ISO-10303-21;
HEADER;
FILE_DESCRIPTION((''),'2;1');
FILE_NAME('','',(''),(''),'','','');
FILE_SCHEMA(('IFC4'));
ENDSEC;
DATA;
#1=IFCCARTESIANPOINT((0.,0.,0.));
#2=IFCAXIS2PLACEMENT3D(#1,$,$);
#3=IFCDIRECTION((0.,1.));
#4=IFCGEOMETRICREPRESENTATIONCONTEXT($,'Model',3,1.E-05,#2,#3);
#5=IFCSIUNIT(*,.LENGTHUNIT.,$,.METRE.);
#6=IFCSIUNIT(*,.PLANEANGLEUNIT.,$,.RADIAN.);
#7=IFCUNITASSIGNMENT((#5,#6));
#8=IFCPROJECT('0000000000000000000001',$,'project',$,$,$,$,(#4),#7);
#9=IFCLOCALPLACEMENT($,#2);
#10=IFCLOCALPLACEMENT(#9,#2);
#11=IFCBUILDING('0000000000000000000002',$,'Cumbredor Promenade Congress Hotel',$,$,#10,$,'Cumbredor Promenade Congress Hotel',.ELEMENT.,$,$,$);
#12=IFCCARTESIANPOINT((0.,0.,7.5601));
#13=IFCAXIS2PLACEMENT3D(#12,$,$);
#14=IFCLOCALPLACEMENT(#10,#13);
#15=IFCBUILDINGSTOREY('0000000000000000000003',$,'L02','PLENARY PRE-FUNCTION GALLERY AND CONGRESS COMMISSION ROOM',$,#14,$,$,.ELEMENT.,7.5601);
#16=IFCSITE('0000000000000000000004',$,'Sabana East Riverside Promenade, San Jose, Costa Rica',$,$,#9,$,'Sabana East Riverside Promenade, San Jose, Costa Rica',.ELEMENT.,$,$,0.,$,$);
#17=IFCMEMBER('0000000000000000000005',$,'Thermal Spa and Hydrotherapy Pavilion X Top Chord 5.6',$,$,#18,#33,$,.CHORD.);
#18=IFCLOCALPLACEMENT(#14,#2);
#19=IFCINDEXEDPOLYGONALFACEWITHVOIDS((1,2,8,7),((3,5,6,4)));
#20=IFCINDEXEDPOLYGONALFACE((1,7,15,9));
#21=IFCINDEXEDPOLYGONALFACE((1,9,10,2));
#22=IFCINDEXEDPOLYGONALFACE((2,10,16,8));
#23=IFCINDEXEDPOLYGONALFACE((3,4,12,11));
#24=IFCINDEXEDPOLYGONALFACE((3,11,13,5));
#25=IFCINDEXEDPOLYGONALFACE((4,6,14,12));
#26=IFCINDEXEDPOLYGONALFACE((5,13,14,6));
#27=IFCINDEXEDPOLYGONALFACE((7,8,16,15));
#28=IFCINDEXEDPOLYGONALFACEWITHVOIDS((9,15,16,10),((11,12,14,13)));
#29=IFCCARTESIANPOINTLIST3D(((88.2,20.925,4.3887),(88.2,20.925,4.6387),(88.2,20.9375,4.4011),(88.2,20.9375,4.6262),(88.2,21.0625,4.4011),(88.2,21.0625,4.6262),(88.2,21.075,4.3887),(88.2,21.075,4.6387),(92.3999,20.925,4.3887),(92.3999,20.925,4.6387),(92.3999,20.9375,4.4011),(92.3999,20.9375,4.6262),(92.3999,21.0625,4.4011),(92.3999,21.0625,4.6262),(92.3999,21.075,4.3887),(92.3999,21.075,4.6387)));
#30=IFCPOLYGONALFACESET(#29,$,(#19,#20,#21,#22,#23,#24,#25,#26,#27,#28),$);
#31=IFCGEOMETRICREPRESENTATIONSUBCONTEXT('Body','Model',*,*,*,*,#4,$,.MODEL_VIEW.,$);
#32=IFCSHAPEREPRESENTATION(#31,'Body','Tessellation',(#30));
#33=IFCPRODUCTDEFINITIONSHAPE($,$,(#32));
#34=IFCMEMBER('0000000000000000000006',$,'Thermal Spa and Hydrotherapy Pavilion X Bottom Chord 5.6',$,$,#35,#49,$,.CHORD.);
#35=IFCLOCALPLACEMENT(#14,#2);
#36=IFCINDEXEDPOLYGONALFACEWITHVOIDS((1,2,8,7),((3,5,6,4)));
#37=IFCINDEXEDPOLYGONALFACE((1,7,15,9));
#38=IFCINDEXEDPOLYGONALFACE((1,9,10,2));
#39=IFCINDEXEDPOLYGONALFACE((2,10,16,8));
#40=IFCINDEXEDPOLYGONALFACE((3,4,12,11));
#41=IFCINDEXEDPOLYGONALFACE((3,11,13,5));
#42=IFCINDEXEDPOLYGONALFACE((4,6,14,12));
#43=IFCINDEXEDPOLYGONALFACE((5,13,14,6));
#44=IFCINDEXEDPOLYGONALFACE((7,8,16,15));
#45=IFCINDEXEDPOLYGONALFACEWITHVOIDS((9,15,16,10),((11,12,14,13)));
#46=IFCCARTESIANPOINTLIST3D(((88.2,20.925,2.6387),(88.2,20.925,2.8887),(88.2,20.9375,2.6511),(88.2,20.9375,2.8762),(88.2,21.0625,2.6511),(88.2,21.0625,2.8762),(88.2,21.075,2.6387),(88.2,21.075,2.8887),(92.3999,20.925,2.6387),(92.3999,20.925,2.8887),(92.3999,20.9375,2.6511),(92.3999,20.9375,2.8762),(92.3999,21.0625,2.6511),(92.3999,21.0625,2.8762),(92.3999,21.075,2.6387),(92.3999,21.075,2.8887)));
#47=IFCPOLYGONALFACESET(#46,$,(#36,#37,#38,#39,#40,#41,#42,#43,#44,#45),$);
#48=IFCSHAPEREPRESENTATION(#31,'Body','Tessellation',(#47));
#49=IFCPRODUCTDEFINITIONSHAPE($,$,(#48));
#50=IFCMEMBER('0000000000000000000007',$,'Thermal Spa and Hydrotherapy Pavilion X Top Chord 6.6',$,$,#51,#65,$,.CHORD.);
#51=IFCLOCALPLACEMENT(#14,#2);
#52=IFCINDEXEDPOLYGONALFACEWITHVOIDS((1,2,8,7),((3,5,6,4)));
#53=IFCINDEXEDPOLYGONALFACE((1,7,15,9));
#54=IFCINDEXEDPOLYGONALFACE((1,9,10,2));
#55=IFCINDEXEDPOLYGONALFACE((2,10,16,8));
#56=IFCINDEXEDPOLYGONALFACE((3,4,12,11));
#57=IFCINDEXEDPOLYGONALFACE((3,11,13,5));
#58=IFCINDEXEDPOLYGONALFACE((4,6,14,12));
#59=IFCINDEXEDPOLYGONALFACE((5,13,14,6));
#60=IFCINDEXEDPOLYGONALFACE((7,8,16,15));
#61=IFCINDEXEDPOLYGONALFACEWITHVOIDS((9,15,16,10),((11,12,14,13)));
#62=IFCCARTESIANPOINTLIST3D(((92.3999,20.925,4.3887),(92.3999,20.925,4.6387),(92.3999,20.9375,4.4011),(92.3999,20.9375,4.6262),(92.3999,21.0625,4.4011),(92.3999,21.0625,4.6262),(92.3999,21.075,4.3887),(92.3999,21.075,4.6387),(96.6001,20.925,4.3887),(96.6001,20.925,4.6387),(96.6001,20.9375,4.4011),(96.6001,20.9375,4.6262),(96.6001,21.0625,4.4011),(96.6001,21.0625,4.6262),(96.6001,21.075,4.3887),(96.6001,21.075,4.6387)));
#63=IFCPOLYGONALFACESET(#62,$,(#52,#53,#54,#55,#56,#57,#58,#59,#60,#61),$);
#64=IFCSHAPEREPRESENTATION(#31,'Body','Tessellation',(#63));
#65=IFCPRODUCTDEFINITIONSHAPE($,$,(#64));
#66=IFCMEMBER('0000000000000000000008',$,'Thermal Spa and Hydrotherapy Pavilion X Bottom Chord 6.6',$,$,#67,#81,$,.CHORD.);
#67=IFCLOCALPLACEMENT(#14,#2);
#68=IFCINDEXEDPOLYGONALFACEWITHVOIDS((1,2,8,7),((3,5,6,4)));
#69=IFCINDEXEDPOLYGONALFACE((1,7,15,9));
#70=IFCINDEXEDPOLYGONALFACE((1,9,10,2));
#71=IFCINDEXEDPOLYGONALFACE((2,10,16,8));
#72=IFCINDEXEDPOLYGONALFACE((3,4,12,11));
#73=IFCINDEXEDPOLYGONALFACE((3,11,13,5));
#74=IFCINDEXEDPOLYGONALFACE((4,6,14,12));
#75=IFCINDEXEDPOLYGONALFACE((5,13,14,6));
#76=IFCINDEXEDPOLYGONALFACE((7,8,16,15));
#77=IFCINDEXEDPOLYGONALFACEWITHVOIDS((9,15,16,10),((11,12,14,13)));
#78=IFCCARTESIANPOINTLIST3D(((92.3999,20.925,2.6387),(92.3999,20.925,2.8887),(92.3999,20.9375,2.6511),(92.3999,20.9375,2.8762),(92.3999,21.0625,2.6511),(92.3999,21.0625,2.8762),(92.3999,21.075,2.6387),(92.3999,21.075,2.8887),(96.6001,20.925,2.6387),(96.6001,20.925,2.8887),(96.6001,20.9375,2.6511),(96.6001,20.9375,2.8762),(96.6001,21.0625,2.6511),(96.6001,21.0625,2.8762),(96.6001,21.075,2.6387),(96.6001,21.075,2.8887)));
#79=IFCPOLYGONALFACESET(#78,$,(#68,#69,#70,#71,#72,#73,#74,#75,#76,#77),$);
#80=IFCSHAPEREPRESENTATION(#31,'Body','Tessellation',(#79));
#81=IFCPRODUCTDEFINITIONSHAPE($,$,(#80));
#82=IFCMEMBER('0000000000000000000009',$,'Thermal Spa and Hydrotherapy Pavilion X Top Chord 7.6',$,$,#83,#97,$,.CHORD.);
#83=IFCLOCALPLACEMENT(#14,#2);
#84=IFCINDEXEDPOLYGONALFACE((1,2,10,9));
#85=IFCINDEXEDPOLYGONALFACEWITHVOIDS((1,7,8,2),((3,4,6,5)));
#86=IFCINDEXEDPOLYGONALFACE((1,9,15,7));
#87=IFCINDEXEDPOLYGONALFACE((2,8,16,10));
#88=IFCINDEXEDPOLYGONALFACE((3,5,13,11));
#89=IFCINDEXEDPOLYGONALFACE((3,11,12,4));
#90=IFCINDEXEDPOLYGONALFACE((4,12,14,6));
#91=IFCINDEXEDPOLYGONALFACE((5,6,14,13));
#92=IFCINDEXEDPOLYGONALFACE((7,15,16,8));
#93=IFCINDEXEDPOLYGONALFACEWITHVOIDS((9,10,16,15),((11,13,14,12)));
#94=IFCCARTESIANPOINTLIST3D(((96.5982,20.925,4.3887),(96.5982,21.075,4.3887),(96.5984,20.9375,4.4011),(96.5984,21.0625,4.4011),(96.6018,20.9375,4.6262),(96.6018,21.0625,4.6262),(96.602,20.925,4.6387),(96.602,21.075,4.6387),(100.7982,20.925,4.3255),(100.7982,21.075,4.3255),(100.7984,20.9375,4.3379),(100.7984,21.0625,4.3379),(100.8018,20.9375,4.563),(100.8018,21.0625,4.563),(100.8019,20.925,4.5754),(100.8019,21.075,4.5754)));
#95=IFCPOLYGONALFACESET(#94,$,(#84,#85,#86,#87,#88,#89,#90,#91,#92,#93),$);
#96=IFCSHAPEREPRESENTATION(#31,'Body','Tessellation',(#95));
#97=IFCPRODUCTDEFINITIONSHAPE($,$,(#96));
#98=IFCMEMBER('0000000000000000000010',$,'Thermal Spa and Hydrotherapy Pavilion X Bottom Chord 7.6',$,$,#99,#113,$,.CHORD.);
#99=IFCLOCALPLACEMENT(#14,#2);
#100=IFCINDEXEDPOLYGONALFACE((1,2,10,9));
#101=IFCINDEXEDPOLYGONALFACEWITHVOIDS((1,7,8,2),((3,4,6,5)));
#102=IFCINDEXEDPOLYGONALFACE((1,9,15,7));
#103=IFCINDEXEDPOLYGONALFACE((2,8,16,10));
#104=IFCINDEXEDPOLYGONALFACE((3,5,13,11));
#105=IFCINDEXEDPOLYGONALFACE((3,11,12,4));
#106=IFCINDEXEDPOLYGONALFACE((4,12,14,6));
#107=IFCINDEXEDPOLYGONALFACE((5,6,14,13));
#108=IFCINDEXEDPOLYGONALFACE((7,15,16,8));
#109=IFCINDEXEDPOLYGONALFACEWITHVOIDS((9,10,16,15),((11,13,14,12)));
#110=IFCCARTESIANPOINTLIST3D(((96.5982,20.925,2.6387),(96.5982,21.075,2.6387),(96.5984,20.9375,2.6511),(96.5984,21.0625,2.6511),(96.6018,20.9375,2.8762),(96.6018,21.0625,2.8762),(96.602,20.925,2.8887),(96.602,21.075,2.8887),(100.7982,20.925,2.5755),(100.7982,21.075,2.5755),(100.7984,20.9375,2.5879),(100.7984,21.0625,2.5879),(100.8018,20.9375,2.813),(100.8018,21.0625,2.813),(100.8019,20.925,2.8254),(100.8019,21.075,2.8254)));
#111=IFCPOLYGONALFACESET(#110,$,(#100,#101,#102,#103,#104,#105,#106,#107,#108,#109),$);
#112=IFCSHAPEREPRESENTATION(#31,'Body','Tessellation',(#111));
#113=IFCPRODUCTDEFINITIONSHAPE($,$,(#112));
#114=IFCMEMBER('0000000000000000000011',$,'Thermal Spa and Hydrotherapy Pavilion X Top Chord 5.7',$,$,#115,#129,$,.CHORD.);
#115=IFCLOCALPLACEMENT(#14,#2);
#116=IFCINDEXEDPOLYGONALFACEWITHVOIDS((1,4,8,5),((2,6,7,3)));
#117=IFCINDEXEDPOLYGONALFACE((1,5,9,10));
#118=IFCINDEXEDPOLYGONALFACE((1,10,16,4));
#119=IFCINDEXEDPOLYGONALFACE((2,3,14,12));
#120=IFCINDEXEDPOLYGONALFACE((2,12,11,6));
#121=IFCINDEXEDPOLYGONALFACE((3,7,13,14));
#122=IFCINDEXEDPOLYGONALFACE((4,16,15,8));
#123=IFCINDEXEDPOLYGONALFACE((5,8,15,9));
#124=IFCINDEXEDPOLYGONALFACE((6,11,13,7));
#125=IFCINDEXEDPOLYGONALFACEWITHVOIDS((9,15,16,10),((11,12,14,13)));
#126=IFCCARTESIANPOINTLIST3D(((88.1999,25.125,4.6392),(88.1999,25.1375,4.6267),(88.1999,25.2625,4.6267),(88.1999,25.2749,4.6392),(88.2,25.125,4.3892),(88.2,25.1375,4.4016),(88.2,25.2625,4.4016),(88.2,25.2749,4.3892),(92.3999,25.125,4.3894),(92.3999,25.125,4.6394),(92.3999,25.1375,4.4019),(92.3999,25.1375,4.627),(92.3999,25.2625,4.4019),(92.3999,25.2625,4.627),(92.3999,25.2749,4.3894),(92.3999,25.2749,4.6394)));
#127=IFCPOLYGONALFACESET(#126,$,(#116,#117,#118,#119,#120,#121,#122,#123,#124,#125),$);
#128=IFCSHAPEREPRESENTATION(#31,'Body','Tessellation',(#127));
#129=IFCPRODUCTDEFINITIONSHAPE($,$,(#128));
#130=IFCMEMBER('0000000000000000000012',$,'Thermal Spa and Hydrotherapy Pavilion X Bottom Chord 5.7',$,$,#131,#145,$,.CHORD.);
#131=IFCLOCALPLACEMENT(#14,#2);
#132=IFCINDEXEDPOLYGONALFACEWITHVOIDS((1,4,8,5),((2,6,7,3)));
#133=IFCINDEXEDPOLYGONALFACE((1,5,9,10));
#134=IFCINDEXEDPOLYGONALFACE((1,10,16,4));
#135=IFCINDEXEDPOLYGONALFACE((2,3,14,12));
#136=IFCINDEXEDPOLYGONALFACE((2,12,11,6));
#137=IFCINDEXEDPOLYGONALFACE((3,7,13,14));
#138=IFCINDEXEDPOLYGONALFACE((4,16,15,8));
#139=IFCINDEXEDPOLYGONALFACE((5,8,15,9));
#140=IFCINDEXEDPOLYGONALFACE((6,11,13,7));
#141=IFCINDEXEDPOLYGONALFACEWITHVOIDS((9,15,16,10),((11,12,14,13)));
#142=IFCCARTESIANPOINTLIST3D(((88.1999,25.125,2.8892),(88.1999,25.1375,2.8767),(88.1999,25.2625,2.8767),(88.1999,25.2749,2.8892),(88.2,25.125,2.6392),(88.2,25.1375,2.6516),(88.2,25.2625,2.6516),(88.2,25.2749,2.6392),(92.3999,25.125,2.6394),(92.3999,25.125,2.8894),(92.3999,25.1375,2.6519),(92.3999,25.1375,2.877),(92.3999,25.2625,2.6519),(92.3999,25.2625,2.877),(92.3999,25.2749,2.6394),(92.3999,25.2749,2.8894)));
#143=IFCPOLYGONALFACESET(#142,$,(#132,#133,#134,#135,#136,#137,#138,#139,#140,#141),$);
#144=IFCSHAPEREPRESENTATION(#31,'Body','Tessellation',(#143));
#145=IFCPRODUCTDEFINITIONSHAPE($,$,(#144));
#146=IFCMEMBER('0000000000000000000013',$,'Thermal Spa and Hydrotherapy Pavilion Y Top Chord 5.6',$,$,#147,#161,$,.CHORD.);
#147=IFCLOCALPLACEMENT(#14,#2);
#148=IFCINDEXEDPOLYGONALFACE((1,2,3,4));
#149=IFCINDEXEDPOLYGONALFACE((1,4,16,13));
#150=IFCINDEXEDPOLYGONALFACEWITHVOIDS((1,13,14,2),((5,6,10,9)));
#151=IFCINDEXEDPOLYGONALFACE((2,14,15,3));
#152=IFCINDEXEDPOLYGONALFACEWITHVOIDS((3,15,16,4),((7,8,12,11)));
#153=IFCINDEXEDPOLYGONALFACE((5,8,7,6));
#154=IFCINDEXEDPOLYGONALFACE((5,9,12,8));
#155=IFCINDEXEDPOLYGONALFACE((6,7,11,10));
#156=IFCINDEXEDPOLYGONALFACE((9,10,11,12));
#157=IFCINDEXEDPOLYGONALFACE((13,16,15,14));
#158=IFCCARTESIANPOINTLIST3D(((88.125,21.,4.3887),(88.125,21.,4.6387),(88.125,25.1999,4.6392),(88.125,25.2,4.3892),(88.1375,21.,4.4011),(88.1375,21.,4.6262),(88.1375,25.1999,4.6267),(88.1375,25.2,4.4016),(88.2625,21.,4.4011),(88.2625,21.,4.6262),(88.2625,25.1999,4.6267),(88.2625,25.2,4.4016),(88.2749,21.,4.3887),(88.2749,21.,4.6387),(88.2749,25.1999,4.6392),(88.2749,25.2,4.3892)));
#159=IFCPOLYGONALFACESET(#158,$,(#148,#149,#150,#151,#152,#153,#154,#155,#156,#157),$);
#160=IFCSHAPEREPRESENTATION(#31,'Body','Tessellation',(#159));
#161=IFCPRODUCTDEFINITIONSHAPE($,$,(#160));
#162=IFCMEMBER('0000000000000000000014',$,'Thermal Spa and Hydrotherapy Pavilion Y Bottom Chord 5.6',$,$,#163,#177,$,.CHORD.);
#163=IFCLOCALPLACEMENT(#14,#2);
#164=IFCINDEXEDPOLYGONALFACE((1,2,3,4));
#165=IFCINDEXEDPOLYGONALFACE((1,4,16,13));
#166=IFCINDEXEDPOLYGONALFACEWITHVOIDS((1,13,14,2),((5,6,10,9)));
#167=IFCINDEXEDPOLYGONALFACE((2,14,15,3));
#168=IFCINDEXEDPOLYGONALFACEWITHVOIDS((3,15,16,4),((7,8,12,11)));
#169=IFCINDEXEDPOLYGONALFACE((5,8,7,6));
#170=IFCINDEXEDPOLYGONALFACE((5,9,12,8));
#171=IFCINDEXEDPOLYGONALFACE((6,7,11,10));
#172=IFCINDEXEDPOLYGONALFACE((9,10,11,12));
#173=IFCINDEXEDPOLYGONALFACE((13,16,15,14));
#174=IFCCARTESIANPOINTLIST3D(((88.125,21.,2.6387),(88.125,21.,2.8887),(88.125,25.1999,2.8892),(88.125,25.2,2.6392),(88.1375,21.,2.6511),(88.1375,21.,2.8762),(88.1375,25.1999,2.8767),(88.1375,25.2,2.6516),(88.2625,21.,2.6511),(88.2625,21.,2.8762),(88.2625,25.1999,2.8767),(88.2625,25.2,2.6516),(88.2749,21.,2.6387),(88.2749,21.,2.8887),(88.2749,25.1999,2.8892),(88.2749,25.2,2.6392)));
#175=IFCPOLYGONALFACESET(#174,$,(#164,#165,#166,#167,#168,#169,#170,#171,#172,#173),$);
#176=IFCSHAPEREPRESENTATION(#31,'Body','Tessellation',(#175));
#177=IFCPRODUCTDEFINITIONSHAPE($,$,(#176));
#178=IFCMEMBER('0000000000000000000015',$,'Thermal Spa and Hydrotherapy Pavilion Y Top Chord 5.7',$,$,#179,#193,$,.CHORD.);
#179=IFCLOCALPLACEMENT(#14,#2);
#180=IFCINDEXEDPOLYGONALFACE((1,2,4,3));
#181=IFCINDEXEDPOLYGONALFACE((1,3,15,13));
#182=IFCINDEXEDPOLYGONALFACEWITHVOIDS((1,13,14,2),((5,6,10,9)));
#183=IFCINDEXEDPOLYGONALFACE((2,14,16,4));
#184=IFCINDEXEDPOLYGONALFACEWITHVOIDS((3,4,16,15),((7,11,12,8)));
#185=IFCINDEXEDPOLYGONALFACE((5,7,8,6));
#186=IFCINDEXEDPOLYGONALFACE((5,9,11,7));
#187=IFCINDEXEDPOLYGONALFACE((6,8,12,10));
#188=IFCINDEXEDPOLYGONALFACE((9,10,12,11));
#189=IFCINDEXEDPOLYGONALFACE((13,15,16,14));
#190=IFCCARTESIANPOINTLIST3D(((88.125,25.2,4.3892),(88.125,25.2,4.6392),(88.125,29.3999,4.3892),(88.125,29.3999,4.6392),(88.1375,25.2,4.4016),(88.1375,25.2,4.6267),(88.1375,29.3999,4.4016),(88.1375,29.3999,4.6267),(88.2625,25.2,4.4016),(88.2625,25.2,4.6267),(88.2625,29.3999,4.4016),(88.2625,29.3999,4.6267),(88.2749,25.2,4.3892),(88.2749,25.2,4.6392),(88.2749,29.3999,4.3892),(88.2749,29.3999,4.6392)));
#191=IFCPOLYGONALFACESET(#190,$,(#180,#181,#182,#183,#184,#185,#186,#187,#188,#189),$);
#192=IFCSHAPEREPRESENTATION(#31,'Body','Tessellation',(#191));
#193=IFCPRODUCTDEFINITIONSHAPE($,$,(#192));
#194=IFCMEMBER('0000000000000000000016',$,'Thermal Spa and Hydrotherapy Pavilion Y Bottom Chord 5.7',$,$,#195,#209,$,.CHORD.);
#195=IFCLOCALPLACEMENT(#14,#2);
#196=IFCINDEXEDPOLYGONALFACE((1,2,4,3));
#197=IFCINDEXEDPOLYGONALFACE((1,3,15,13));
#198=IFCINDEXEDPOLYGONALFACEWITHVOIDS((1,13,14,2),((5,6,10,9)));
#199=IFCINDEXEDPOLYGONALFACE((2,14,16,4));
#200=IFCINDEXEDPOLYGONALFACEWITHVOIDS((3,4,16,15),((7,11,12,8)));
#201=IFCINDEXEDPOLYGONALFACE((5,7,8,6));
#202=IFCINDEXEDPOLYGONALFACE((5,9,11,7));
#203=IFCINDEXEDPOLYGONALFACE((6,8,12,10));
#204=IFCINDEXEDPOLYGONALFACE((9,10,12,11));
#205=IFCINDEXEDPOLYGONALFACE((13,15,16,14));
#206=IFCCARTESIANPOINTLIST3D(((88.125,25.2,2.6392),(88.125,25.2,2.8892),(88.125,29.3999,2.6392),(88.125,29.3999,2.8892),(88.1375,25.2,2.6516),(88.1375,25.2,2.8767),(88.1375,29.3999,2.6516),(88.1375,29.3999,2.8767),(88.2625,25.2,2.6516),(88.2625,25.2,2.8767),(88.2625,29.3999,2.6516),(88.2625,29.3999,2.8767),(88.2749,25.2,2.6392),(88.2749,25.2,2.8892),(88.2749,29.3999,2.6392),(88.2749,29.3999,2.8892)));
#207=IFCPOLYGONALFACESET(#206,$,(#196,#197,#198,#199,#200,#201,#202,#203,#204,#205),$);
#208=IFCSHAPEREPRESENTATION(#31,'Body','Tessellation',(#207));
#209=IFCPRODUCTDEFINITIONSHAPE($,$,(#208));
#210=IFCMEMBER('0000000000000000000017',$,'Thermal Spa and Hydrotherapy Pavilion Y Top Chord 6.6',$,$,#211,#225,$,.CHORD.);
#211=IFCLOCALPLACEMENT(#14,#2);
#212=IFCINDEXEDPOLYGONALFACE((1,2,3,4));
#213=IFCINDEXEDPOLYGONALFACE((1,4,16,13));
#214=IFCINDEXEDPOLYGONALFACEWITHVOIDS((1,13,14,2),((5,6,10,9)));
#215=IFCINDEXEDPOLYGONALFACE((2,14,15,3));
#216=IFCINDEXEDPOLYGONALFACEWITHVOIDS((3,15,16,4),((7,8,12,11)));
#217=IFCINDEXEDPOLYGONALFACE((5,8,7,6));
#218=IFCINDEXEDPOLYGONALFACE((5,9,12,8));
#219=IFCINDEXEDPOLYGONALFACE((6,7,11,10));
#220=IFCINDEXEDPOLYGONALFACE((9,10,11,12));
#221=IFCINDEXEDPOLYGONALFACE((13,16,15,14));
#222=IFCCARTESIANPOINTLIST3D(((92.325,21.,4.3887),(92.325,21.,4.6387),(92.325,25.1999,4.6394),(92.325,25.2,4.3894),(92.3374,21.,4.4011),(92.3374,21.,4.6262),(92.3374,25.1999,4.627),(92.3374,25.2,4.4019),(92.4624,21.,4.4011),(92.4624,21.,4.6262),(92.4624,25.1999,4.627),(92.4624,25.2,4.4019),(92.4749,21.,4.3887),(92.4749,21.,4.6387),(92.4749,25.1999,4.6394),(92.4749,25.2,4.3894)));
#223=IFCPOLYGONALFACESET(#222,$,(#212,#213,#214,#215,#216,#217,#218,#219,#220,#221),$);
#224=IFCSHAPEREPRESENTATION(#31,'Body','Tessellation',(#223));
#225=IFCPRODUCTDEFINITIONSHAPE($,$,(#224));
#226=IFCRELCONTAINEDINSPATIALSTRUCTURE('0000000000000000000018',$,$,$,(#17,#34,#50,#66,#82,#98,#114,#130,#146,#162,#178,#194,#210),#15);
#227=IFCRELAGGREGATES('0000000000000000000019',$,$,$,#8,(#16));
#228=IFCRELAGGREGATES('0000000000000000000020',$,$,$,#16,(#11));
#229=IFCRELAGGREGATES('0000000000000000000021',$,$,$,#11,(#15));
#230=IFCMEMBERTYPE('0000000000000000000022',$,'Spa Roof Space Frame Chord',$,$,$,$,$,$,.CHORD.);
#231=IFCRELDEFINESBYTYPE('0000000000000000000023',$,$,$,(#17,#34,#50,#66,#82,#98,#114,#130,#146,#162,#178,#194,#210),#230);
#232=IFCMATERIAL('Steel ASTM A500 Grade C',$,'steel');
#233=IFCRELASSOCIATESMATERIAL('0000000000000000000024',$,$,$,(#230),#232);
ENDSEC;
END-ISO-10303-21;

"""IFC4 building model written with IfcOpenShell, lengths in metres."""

from ifc_helpers import new_model, si_unit, direction, frame, origin, origin_2d, place, context, subcontext, project, spatial, hollow_rectangle, extrude, material, material_profile, profile_set, type_object, element, save


model = new_model("IFC4")

# Units and contexts
model_context = context("Model", 3, precision=1e-05, world=origin(), true_north=direction((0.0, 1.0)))
body_context = subcontext(model_context, "Body", "Model", "MODEL_VIEW")
ifc_project = project(units=[si_unit("LENGTHUNIT", "METRE"), si_unit("PLANEANGLEUNIT", "RADIAN")], contexts=[model_context])

# Site, building, storey
site_placement = place(None, origin())
site = spatial("IfcSite", under=ifc_project, at=site_placement, Name="Sabana East Riverside Promenade, San Jose, Costa Rica", LongName="Sabana East Riverside Promenade, San Jose, Costa Rica", CompositionType="ELEMENT", RefElevation=0.0)
building_placement = place(site_placement, origin())
building = spatial("IfcBuilding", under=site, at=building_placement, Name="Cumbredor Promenade Congress Hotel", LongName="Cumbredor Promenade Congress Hotel", CompositionType="ELEMENT")
storey_placement = place(building_placement, frame((0.0, 0.0, 7.5601)))
storey = spatial("IfcBuildingStorey", under=building, at=storey_placement, Name="L02", Description="PLENARY PRE-FUNCTION GALLERY AND CONGRESS COMMISSION ROOM", CompositionType="ELEMENT", Elevation=7.5601)

# Members
ifc_material_1 = material(Name="Steel ASTM A500 Grade C", Category="steel")
ifc_material_profile_1 = material_profile(ifc_material_1, hollow_rectangle(XDim=0.1499, YDim=0.25, WallThickness=0.0125, at=origin_2d()), Name="HSS 250x150x12.5")
ifc_profile_set_1 = profile_set([ifc_material_profile_1], Name="Steel ASTM A500 Grade C")
member_type_1 = type_object("IfcMemberType", Name="Spa Roof Space Frame Chord", PredefinedType="CHORD", material=ifc_profile_set_1)
for number, where, z_axis, x_axis, name in (
    (1, (88.2, 21.0, 4.5137), (1.0, 0.0, 0.0), (0.0, 1.0, 0.0), "Thermal Spa and Hydrotherapy Pavilion X Top Chord 5.6"),
    (2, (88.2, 21.0, 2.7637), (1.0, 0.0, 0.0), (0.0, 1.0, 0.0), "Thermal Spa and Hydrotherapy Pavilion X Bottom Chord 5.6"),
):
    element("IfcMember", number, at=place(storey_placement, frame(where, z_axis=z_axis, x_axis=x_axis)), inside=storey, type_object=member_type_1, Name=name, PredefinedType="CHORD", context=body_context, shape_type="SweptSolid", body=[
        extrude(hollow_rectangle(XDim=0.1499, YDim=0.25, WallThickness=0.0125, at=origin_2d()), origin(), (0.0, 0.0, 1.0), 4.2),
    ])
for number, where, z_axis, x_axis, name in (
    (3, (92.3999, 21.0, 4.5137), (1.0, 0.0, 0.0), (0.0, 1.0, 0.0), "Thermal Spa and Hydrotherapy Pavilion X Top Chord 6.6"),
    (4, (92.3999, 21.0, 2.7637), (1.0, 0.0, 0.0), (0.0, 1.0, 0.0), "Thermal Spa and Hydrotherapy Pavilion X Bottom Chord 6.6"),
):
    element("IfcMember", number, at=place(storey_placement, frame(where, z_axis=z_axis, x_axis=x_axis)), inside=storey, type_object=member_type_1, Name=name, PredefinedType="CHORD", context=body_context, shape_type="SweptSolid", body=[
        extrude(hollow_rectangle(XDim=0.1499, YDim=0.25, WallThickness=0.0125, at=origin_2d()), origin(), (0.0, 0.0, 1.0), 4.2002),
    ])
for number, where, z_axis, x_axis, name in (
    (5, (96.6001, 21.0, 4.5137), (0.999887, 0.0, -0.015054), (0.0, 1.0, 0.0), "Thermal Spa and Hydrotherapy Pavilion X Top Chord 7.6"),
    (6, (96.6001, 21.0, 2.7637), (0.999887, 0.0, -0.015054), (0.0, 1.0, 0.0), "Thermal Spa and Hydrotherapy Pavilion X Bottom Chord 7.6"),
):
    element("IfcMember", number, at=place(storey_placement, frame(where, z_axis=z_axis, x_axis=x_axis)), inside=storey, type_object=member_type_1, Name=name, PredefinedType="CHORD", context=body_context, shape_type="SweptSolid", body=[
        extrude(hollow_rectangle(XDim=0.1499, YDim=0.25, WallThickness=0.0125, at=origin_2d()), origin(), (0.0, 0.0, 1.0), 4.2004),
    ])
for number, where, z_axis, x_axis, name in (
    (7, (88.2, 25.2, 4.5142), (1.0, 0.0, 0.000058), (0.0, 1.0, 0.0), "Thermal Spa and Hydrotherapy Pavilion X Top Chord 5.7"),
    (8, (88.2, 25.2, 2.7642), (1.0, 0.0, 0.000058), (0.0, 1.0, 0.0), "Thermal Spa and Hydrotherapy Pavilion X Bottom Chord 5.7"),
    (9, (88.2, 21.0, 4.5137), (0.0, 1.0, 0.000116), (-1.0, 0.0, 0.0), "Thermal Spa and Hydrotherapy Pavilion Y Top Chord 5.6"),
    (10, (88.2, 21.0, 2.7637), (0.0, 1.0, 0.000116), (-1.0, 0.0, 0.0), "Thermal Spa and Hydrotherapy Pavilion Y Bottom Chord 5.6"),
    (11, (88.2, 25.2, 4.5142), (0.0, 1.0, 0.0), (-1.0, 0.0, 0.0), "Thermal Spa and Hydrotherapy Pavilion Y Top Chord 5.7"),
    (12, (88.2, 25.2, 2.7642), (0.0, 1.0, 0.0), (-1.0, 0.0, 0.0), "Thermal Spa and Hydrotherapy Pavilion Y Bottom Chord 5.7"),
    (13, (92.3999, 21.0, 4.5137), (0.0, 1.0, 0.000174), (-1.0, 0.0, 0.0), "Thermal Spa and Hydrotherapy Pavilion Y Top Chord 6.6"),
):
    element("IfcMember", number, at=place(storey_placement, frame(where, z_axis=z_axis, x_axis=x_axis)), inside=storey, type_object=member_type_1, Name=name, PredefinedType="CHORD", context=body_context, shape_type="SweptSolid", body=[
        extrude(hollow_rectangle(XDim=0.1499, YDim=0.25, WallThickness=0.0125, at=origin_2d()), origin(), (0.0, 0.0, 1.0), 4.2),
    ])

save(model, "model.ifc")
